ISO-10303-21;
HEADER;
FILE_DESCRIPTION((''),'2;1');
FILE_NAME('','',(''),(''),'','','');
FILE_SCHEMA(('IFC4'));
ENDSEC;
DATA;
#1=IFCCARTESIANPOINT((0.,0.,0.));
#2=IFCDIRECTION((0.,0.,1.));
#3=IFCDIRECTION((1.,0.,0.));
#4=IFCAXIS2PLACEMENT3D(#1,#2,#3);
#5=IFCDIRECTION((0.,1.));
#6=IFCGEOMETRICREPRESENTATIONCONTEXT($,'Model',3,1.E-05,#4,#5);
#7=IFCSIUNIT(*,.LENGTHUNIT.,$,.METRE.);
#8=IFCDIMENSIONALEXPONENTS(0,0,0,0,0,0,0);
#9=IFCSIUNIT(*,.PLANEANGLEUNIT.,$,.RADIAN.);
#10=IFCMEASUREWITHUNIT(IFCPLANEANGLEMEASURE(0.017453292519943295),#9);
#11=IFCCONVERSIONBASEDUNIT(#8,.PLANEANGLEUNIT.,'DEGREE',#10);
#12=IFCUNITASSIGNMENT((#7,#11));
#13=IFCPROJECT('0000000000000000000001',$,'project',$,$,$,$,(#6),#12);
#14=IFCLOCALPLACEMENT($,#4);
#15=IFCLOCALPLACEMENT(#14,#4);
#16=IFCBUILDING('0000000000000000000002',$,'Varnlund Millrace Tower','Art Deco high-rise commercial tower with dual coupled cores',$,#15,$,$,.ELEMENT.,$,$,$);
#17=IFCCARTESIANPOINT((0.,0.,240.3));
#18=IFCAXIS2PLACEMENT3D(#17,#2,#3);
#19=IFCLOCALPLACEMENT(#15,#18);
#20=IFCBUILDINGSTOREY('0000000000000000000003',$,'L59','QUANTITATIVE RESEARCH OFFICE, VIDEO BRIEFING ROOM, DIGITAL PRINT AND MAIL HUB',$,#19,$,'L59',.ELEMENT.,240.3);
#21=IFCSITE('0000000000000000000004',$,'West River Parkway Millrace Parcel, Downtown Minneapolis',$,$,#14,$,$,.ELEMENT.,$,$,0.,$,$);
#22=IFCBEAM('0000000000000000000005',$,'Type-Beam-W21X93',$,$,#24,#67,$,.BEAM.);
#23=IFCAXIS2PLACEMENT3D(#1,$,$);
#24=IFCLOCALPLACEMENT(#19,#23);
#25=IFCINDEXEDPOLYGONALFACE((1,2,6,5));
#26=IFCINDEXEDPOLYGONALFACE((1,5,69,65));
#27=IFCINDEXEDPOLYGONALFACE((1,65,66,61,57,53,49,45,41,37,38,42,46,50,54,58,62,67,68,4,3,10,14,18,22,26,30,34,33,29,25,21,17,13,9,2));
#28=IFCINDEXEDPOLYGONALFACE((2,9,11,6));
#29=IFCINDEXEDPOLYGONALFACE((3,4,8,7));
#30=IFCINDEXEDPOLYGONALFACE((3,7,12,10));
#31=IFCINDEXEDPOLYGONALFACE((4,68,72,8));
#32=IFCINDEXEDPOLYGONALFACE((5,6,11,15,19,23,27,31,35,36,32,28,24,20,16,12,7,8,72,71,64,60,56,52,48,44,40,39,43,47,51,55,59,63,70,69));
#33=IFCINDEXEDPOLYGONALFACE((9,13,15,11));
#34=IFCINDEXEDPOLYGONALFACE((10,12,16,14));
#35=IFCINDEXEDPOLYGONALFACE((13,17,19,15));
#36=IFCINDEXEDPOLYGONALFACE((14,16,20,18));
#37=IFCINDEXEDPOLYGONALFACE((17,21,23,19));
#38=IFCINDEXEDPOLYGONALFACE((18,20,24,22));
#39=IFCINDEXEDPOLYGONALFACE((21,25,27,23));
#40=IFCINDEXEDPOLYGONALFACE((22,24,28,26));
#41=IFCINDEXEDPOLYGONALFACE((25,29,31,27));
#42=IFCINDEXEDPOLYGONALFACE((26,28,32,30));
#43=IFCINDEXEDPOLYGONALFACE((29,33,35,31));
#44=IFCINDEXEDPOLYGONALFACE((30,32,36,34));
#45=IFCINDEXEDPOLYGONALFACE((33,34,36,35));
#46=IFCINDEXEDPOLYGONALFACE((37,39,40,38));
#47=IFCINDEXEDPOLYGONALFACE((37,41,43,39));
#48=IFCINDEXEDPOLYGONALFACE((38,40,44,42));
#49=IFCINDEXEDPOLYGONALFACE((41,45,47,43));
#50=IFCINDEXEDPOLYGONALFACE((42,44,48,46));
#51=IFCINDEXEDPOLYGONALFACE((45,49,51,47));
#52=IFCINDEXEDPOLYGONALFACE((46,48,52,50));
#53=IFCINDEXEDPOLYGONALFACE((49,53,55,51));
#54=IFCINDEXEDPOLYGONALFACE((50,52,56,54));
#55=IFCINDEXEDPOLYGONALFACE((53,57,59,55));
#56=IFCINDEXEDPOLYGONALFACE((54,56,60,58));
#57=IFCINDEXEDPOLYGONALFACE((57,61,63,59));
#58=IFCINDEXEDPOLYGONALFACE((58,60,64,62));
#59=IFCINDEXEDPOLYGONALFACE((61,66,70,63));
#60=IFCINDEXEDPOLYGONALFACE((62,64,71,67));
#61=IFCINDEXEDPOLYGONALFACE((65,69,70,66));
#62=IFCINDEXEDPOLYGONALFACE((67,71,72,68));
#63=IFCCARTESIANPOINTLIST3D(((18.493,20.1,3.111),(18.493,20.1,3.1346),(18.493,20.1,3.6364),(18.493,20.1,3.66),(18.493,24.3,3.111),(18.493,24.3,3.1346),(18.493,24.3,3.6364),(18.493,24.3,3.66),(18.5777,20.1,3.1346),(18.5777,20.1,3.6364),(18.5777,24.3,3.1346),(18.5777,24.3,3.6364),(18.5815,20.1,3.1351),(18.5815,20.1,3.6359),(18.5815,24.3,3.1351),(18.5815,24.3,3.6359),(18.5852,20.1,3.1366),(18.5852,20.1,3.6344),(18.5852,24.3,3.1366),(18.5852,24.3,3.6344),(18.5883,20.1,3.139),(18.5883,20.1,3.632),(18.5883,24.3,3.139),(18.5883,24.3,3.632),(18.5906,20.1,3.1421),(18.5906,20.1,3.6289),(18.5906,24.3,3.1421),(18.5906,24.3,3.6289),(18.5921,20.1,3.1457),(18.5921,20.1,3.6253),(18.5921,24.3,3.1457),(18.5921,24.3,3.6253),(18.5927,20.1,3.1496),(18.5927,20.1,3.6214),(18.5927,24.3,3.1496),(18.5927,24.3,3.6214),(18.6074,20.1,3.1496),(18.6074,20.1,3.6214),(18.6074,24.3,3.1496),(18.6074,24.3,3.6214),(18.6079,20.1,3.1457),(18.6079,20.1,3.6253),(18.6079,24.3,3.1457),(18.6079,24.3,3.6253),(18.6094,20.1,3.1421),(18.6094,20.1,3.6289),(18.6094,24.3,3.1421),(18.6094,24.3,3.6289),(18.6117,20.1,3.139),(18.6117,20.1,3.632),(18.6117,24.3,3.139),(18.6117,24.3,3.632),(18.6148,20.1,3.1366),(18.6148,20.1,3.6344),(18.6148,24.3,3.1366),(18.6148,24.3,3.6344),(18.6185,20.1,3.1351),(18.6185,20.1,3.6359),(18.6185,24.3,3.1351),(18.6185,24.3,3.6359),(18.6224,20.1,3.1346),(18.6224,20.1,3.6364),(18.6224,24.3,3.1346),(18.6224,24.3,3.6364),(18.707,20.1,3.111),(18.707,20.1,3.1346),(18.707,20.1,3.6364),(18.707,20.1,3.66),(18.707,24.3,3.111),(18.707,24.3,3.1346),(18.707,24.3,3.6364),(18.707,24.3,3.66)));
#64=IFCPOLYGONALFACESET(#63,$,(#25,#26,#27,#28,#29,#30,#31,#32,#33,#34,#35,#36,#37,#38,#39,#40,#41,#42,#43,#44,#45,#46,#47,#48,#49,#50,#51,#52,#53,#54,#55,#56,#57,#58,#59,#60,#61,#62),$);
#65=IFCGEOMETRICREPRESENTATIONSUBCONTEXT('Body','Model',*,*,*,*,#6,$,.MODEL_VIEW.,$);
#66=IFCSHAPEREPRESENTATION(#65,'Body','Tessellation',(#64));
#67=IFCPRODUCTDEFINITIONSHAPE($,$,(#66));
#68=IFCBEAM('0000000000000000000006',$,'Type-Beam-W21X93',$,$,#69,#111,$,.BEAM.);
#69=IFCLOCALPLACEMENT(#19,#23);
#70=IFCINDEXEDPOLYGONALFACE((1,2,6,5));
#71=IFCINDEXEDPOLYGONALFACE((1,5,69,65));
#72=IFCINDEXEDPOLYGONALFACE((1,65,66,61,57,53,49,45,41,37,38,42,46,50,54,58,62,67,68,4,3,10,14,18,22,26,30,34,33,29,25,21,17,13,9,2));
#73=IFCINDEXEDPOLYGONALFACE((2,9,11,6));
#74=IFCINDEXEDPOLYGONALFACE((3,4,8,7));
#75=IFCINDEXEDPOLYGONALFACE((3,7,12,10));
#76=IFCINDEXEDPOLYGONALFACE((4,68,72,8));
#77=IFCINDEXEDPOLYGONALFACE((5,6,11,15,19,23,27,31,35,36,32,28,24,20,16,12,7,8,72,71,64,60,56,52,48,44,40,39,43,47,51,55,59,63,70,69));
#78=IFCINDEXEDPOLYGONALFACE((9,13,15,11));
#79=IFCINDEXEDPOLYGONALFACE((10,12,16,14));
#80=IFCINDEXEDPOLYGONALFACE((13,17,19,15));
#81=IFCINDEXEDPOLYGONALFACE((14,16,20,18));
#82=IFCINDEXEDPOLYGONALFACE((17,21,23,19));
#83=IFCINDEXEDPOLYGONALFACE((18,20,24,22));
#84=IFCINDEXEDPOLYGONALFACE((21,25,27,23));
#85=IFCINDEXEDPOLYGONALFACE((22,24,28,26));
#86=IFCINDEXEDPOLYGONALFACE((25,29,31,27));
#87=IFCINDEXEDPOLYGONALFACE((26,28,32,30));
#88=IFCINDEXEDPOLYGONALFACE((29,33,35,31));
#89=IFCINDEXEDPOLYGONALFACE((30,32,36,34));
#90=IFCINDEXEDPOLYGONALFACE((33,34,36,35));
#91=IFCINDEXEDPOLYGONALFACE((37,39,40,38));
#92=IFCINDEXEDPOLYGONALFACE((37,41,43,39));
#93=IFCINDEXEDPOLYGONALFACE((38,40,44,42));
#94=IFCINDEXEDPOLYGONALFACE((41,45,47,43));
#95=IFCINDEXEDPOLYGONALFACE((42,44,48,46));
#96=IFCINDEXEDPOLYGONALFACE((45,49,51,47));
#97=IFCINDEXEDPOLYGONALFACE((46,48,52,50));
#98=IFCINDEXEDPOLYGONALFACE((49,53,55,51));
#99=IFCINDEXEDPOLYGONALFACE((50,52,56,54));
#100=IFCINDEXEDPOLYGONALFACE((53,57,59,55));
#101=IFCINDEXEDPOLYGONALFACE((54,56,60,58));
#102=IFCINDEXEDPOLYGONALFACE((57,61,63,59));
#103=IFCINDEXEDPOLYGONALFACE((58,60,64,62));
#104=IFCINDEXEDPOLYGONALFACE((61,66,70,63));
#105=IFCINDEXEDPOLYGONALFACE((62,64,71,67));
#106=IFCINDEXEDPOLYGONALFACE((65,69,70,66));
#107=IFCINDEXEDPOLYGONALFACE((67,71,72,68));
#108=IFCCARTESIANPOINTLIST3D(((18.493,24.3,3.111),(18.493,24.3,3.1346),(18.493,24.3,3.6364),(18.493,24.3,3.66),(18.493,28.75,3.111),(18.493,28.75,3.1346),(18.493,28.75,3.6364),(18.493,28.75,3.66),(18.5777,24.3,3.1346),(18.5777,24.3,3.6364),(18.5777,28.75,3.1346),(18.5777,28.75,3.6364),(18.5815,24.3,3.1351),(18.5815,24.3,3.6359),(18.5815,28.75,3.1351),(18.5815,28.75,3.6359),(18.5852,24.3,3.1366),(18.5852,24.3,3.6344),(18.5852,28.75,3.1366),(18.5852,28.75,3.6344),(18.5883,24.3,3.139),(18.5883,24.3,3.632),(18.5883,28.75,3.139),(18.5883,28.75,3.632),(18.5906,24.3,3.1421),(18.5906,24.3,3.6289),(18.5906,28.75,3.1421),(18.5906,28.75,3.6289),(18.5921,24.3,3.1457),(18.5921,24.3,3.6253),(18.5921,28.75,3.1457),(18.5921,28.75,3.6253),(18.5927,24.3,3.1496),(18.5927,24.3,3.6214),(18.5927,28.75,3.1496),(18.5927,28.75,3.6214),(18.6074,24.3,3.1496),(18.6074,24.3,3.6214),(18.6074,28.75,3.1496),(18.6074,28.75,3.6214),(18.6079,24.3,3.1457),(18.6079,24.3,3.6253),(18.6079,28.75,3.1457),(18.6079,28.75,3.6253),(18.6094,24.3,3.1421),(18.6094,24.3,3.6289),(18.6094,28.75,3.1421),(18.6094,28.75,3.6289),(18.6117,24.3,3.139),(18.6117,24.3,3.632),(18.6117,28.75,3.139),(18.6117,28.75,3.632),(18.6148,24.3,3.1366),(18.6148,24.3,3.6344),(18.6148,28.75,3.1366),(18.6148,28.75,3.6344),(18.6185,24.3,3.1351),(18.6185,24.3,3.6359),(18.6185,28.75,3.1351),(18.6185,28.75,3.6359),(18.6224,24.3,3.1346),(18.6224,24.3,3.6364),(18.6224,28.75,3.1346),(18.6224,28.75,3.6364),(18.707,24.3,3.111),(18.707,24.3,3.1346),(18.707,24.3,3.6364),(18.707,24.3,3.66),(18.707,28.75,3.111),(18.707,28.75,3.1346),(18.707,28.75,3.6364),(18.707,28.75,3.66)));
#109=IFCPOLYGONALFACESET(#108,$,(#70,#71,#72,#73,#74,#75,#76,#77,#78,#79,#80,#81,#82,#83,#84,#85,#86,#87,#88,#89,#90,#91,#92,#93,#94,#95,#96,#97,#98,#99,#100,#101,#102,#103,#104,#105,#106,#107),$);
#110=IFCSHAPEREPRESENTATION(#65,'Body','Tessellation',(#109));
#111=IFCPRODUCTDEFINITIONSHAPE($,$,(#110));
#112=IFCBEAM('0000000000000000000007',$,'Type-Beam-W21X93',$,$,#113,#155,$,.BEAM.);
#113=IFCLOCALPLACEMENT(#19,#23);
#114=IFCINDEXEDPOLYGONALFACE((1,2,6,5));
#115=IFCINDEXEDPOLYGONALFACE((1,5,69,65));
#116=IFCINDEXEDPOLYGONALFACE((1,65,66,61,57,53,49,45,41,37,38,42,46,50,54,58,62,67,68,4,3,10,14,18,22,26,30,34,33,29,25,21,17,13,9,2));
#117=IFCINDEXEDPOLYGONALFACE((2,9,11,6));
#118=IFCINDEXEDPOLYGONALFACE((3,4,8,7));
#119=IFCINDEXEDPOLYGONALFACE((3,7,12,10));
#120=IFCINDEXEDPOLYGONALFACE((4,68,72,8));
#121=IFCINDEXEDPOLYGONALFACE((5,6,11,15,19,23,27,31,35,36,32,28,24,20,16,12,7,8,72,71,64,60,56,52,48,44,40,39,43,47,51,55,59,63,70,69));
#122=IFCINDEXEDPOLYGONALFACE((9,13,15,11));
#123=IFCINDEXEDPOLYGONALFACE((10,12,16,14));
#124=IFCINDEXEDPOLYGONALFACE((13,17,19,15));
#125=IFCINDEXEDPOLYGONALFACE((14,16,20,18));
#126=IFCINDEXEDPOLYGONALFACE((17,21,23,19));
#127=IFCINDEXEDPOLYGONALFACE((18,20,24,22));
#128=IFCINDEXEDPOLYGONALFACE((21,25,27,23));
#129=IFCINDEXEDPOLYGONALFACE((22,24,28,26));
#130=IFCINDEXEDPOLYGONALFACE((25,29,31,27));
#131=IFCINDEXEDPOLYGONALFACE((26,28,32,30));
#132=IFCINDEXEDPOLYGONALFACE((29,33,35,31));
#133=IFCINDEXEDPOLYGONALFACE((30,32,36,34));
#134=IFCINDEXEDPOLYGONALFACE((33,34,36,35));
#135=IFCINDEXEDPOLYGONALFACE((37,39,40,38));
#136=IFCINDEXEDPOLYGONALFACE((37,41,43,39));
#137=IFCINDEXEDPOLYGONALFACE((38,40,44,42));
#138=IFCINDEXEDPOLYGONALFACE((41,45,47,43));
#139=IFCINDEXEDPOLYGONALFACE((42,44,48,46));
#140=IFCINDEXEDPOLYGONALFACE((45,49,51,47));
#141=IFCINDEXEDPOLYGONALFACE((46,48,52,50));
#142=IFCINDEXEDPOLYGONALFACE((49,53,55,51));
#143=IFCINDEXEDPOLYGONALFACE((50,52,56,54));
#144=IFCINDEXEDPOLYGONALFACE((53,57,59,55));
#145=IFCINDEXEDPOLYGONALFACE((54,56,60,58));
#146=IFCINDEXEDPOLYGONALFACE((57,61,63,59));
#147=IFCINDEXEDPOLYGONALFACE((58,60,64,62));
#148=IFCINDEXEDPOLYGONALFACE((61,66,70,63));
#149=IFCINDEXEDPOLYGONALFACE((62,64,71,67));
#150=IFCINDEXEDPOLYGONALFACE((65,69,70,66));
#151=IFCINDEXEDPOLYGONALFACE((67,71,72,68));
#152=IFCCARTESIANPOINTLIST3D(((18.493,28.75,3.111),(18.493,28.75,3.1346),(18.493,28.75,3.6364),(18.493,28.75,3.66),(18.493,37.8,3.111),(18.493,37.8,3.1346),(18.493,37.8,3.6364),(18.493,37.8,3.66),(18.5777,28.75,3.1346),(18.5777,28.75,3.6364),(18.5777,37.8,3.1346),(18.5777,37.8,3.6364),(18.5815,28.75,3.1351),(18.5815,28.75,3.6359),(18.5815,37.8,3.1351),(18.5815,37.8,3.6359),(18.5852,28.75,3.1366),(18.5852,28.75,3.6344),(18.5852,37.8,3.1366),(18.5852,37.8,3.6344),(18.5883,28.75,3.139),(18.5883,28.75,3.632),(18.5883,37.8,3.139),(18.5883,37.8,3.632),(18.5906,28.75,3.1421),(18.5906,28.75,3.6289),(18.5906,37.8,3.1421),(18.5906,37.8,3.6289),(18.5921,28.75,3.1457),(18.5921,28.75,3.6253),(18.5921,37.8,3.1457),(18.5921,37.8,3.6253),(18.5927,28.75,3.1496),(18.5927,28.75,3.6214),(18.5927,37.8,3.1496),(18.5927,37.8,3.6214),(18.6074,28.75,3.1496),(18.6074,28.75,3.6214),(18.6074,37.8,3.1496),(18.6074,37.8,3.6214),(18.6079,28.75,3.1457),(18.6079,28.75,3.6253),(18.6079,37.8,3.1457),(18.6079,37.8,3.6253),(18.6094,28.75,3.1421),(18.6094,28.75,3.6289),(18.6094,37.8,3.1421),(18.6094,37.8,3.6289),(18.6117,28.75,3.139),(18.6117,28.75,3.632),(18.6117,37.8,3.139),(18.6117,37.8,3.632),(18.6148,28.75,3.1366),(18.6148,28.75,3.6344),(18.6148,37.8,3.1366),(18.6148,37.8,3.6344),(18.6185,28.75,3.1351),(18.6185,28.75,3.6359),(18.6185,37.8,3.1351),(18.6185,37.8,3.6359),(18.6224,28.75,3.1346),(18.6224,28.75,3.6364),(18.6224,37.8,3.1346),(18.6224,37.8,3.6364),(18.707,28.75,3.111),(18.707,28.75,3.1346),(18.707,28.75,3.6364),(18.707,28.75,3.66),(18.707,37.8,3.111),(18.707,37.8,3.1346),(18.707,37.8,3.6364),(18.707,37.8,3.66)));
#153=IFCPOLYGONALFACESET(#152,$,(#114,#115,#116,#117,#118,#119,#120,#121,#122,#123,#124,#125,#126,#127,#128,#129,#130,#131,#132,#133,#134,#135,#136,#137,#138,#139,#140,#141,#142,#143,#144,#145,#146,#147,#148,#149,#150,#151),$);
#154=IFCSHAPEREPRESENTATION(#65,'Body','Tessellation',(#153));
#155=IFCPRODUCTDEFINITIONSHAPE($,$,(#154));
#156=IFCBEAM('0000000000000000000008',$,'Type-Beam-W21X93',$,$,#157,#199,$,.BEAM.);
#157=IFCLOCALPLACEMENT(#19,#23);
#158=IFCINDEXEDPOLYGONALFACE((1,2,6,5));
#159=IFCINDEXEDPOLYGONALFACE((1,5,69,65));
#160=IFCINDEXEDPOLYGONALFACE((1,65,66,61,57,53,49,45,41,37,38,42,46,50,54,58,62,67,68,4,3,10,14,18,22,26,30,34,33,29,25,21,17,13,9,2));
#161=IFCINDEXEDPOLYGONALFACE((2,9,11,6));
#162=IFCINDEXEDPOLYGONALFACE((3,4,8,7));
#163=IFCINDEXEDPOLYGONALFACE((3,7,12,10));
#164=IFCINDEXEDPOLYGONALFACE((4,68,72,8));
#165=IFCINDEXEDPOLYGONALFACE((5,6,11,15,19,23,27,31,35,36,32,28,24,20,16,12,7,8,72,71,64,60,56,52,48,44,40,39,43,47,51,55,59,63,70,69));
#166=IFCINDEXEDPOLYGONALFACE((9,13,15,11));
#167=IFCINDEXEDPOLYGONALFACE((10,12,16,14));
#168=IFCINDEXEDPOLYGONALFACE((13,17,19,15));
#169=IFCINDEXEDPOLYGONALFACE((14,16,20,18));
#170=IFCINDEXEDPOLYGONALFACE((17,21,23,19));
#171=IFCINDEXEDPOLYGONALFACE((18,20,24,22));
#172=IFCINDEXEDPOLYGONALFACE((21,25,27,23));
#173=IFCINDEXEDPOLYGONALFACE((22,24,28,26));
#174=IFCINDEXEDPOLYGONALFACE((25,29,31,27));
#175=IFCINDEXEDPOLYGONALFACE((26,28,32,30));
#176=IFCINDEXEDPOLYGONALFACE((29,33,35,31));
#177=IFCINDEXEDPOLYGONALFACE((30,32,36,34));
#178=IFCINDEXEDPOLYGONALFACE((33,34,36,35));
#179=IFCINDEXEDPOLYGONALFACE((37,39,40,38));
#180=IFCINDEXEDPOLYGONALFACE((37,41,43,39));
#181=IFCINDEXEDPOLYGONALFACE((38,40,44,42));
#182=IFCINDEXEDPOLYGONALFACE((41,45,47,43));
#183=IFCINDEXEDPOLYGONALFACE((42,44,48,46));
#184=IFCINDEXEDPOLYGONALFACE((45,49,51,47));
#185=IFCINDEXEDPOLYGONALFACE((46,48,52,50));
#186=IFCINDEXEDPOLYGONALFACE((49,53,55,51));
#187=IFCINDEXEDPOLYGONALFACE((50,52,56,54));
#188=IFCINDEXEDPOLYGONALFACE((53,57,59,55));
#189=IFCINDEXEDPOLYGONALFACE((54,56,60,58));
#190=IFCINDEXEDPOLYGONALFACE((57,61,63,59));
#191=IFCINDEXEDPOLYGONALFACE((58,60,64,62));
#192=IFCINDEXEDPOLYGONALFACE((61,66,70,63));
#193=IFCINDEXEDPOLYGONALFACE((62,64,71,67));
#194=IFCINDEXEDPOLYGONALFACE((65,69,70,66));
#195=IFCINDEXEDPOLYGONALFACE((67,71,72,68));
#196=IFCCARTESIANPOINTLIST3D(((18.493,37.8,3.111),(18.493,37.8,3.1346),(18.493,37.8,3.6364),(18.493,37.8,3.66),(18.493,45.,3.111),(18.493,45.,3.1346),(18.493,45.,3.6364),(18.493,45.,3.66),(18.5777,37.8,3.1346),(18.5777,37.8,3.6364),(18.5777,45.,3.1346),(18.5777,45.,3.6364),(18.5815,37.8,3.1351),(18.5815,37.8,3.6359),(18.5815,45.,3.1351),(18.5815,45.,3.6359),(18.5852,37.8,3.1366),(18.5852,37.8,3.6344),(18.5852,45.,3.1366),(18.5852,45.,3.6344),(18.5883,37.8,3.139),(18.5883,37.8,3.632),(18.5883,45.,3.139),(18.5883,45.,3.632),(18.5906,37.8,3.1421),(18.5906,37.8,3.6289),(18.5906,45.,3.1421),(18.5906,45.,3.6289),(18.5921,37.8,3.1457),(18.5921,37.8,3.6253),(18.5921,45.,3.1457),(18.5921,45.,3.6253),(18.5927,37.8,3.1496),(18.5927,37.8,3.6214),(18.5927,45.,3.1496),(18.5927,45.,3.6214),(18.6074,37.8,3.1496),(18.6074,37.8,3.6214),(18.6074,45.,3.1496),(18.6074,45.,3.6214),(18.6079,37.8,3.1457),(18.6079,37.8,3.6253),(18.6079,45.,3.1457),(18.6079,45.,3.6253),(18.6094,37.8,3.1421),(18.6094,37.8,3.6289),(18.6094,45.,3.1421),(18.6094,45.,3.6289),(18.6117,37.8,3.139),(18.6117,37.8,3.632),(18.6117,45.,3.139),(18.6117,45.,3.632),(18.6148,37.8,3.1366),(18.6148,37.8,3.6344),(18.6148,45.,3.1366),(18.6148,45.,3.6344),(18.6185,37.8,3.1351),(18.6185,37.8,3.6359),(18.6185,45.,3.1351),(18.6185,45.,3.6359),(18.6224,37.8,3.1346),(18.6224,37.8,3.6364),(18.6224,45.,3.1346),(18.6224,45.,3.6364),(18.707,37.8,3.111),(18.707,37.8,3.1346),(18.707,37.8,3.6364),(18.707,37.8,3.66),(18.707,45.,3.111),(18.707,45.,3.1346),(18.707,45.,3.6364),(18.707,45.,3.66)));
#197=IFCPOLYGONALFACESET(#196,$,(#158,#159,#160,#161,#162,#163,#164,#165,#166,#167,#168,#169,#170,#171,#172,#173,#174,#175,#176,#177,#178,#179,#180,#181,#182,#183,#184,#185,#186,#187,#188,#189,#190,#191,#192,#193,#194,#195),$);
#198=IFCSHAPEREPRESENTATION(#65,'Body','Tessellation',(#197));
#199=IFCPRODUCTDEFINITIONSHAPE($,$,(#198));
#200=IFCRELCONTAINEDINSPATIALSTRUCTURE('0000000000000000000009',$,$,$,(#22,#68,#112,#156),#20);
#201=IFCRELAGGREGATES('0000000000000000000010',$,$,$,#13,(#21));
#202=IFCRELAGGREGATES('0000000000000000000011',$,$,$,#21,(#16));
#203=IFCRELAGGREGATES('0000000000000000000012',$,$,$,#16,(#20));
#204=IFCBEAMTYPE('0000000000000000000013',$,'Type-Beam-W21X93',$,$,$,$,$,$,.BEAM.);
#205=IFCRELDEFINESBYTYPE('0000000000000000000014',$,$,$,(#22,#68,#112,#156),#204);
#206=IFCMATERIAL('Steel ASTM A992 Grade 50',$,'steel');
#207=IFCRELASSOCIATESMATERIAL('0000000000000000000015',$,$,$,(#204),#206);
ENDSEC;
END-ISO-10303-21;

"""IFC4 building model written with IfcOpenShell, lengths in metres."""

from ifc_helpers import new_model, entity, si_unit, converted_unit, direction, frame, origin_with_axes, origin_2d_with_axis, place, context, subcontext, project, spatial, i_section, extrude, material, material_profile, profile_set, type_object, element, save


model = new_model("IFC4")

# Units and contexts
model_context = context("Model", 3, precision=1e-05, world=origin_with_axes(), true_north=direction((0.0, 1.0)))
body_context = subcontext(model_context, "Body", "Model", "MODEL_VIEW")
ifc_project = project(units=[si_unit("LENGTHUNIT", "METRE"), converted_unit("PLANEANGLEUNIT", "DEGREE", entity("IfcPlaneAngleMeasure", 0.017453292519943295), si_unit("PLANEANGLEUNIT", "RADIAN"), dimensions=[0, 0, 0, 0, 0, 0, 0])], contexts=[model_context])

# Site, building, storey
site_placement = place(None, origin_with_axes())
site = spatial("IfcSite", under=ifc_project, at=site_placement, Name="West River Parkway Millrace Parcel, Downtown Minneapolis", CompositionType="ELEMENT", RefElevation=0.0)
building_placement = place(site_placement, origin_with_axes())
building = spatial("IfcBuilding", under=site, at=building_placement, Name="Varnlund Millrace Tower", Description="Art Deco high-rise commercial tower with dual coupled cores", CompositionType="ELEMENT")
storey_placement = place(building_placement, frame((0.0, 0.0, 240.3), z_axis=(0.0, 0.0, 1.0), x_axis=(1.0, 0.0, 0.0)))
storey = spatial("IfcBuildingStorey", under=building, at=storey_placement, Name="L59", Description="QUANTITATIVE RESEARCH OFFICE, VIDEO BRIEFING ROOM, DIGITAL PRINT AND MAIL HUB", LongName="L59", CompositionType="ELEMENT", Elevation=240.3)

# Beams
ifc_material_1 = material(Name="Steel ASTM A992 Grade 50", Category="steel")
ifc_material_profile_1 = material_profile(ifc_material_1, i_section(OverallWidth=0.214, OverallDepth=0.549, WebThickness=0.0147, FlangeThickness=0.0236, FilletRadius=0.015, at=origin_2d_with_axis()), Name="Steel ASTM A992 Grade 50")
ifc_profile_set_1 = profile_set([ifc_material_profile_1], Name="Steel ASTM A992 Grade 50")
beam_type_1 = type_object("IfcBeamType", Name="Type-Beam-W21X93", PredefinedType="BEAM", material=ifc_profile_set_1)
beam_1_placement = place(storey_placement, frame((18.6, 20.1, 3.3855), z_axis=(0.0, 1.0, 0.0), x_axis=(-1.0, 0.0, 0.0)))
element("IfcBeam", 1, at=beam_1_placement, inside=storey, type_object=beam_type_1, Name="Type-Beam-W21X93", PredefinedType="BEAM", context=body_context, shape_type="SweptSolid", body=[
    extrude(i_section(OverallWidth=0.214, OverallDepth=0.549, WebThickness=0.0147, FlangeThickness=0.0236, FilletRadius=0.015, at=origin_2d_with_axis()), origin_with_axes(), (0.0, 0.0, 1.0), 4.2),
])
beam_2_placement = place(storey_placement, frame((18.6, 24.3, 3.3855), z_axis=(0.0, 1.0, 0.0), x_axis=(-1.0, 0.0, 0.0)))
element("IfcBeam", 2, at=beam_2_placement, inside=storey, type_object=beam_type_1, Name="Type-Beam-W21X93", PredefinedType="BEAM", context=body_context, shape_type="SweptSolid", body=[
    extrude(i_section(OverallWidth=0.214, OverallDepth=0.549, WebThickness=0.0147, FlangeThickness=0.0236, FilletRadius=0.015, at=origin_2d_with_axis()), origin_with_axes(), (0.0, 0.0, 1.0), 4.45),
])
beam_3_placement = place(storey_placement, frame((18.6, 28.75, 3.3855), z_axis=(0.0, 1.0, 0.0), x_axis=(-1.0, 0.0, 0.0)))
element("IfcBeam", 3, at=beam_3_placement, inside=storey, type_object=beam_type_1, Name="Type-Beam-W21X93", PredefinedType="BEAM", context=body_context, shape_type="SweptSolid", body=[
    extrude(i_section(OverallWidth=0.214, OverallDepth=0.549, WebThickness=0.0147, FlangeThickness=0.0236, FilletRadius=0.015, at=origin_2d_with_axis()), origin_with_axes(), (0.0, 0.0, 1.0), 9.05),
])
beam_4_placement = place(storey_placement, frame((18.6, 37.8, 3.3855), z_axis=(0.0, 1.0, 0.0), x_axis=(-1.0, 0.0, 0.0)))
element("IfcBeam", 4, at=beam_4_placement, inside=storey, type_object=beam_type_1, Name="Type-Beam-W21X93", PredefinedType="BEAM", context=body_context, shape_type="SweptSolid", body=[
    extrude(i_section(OverallWidth=0.214, OverallDepth=0.549, WebThickness=0.0147, FlangeThickness=0.0236, FilletRadius=0.015, at=origin_2d_with_axis()), origin_with_axes(), (0.0, 0.0, 1.0), 7.2),
])

save(model, "model.ifc")
